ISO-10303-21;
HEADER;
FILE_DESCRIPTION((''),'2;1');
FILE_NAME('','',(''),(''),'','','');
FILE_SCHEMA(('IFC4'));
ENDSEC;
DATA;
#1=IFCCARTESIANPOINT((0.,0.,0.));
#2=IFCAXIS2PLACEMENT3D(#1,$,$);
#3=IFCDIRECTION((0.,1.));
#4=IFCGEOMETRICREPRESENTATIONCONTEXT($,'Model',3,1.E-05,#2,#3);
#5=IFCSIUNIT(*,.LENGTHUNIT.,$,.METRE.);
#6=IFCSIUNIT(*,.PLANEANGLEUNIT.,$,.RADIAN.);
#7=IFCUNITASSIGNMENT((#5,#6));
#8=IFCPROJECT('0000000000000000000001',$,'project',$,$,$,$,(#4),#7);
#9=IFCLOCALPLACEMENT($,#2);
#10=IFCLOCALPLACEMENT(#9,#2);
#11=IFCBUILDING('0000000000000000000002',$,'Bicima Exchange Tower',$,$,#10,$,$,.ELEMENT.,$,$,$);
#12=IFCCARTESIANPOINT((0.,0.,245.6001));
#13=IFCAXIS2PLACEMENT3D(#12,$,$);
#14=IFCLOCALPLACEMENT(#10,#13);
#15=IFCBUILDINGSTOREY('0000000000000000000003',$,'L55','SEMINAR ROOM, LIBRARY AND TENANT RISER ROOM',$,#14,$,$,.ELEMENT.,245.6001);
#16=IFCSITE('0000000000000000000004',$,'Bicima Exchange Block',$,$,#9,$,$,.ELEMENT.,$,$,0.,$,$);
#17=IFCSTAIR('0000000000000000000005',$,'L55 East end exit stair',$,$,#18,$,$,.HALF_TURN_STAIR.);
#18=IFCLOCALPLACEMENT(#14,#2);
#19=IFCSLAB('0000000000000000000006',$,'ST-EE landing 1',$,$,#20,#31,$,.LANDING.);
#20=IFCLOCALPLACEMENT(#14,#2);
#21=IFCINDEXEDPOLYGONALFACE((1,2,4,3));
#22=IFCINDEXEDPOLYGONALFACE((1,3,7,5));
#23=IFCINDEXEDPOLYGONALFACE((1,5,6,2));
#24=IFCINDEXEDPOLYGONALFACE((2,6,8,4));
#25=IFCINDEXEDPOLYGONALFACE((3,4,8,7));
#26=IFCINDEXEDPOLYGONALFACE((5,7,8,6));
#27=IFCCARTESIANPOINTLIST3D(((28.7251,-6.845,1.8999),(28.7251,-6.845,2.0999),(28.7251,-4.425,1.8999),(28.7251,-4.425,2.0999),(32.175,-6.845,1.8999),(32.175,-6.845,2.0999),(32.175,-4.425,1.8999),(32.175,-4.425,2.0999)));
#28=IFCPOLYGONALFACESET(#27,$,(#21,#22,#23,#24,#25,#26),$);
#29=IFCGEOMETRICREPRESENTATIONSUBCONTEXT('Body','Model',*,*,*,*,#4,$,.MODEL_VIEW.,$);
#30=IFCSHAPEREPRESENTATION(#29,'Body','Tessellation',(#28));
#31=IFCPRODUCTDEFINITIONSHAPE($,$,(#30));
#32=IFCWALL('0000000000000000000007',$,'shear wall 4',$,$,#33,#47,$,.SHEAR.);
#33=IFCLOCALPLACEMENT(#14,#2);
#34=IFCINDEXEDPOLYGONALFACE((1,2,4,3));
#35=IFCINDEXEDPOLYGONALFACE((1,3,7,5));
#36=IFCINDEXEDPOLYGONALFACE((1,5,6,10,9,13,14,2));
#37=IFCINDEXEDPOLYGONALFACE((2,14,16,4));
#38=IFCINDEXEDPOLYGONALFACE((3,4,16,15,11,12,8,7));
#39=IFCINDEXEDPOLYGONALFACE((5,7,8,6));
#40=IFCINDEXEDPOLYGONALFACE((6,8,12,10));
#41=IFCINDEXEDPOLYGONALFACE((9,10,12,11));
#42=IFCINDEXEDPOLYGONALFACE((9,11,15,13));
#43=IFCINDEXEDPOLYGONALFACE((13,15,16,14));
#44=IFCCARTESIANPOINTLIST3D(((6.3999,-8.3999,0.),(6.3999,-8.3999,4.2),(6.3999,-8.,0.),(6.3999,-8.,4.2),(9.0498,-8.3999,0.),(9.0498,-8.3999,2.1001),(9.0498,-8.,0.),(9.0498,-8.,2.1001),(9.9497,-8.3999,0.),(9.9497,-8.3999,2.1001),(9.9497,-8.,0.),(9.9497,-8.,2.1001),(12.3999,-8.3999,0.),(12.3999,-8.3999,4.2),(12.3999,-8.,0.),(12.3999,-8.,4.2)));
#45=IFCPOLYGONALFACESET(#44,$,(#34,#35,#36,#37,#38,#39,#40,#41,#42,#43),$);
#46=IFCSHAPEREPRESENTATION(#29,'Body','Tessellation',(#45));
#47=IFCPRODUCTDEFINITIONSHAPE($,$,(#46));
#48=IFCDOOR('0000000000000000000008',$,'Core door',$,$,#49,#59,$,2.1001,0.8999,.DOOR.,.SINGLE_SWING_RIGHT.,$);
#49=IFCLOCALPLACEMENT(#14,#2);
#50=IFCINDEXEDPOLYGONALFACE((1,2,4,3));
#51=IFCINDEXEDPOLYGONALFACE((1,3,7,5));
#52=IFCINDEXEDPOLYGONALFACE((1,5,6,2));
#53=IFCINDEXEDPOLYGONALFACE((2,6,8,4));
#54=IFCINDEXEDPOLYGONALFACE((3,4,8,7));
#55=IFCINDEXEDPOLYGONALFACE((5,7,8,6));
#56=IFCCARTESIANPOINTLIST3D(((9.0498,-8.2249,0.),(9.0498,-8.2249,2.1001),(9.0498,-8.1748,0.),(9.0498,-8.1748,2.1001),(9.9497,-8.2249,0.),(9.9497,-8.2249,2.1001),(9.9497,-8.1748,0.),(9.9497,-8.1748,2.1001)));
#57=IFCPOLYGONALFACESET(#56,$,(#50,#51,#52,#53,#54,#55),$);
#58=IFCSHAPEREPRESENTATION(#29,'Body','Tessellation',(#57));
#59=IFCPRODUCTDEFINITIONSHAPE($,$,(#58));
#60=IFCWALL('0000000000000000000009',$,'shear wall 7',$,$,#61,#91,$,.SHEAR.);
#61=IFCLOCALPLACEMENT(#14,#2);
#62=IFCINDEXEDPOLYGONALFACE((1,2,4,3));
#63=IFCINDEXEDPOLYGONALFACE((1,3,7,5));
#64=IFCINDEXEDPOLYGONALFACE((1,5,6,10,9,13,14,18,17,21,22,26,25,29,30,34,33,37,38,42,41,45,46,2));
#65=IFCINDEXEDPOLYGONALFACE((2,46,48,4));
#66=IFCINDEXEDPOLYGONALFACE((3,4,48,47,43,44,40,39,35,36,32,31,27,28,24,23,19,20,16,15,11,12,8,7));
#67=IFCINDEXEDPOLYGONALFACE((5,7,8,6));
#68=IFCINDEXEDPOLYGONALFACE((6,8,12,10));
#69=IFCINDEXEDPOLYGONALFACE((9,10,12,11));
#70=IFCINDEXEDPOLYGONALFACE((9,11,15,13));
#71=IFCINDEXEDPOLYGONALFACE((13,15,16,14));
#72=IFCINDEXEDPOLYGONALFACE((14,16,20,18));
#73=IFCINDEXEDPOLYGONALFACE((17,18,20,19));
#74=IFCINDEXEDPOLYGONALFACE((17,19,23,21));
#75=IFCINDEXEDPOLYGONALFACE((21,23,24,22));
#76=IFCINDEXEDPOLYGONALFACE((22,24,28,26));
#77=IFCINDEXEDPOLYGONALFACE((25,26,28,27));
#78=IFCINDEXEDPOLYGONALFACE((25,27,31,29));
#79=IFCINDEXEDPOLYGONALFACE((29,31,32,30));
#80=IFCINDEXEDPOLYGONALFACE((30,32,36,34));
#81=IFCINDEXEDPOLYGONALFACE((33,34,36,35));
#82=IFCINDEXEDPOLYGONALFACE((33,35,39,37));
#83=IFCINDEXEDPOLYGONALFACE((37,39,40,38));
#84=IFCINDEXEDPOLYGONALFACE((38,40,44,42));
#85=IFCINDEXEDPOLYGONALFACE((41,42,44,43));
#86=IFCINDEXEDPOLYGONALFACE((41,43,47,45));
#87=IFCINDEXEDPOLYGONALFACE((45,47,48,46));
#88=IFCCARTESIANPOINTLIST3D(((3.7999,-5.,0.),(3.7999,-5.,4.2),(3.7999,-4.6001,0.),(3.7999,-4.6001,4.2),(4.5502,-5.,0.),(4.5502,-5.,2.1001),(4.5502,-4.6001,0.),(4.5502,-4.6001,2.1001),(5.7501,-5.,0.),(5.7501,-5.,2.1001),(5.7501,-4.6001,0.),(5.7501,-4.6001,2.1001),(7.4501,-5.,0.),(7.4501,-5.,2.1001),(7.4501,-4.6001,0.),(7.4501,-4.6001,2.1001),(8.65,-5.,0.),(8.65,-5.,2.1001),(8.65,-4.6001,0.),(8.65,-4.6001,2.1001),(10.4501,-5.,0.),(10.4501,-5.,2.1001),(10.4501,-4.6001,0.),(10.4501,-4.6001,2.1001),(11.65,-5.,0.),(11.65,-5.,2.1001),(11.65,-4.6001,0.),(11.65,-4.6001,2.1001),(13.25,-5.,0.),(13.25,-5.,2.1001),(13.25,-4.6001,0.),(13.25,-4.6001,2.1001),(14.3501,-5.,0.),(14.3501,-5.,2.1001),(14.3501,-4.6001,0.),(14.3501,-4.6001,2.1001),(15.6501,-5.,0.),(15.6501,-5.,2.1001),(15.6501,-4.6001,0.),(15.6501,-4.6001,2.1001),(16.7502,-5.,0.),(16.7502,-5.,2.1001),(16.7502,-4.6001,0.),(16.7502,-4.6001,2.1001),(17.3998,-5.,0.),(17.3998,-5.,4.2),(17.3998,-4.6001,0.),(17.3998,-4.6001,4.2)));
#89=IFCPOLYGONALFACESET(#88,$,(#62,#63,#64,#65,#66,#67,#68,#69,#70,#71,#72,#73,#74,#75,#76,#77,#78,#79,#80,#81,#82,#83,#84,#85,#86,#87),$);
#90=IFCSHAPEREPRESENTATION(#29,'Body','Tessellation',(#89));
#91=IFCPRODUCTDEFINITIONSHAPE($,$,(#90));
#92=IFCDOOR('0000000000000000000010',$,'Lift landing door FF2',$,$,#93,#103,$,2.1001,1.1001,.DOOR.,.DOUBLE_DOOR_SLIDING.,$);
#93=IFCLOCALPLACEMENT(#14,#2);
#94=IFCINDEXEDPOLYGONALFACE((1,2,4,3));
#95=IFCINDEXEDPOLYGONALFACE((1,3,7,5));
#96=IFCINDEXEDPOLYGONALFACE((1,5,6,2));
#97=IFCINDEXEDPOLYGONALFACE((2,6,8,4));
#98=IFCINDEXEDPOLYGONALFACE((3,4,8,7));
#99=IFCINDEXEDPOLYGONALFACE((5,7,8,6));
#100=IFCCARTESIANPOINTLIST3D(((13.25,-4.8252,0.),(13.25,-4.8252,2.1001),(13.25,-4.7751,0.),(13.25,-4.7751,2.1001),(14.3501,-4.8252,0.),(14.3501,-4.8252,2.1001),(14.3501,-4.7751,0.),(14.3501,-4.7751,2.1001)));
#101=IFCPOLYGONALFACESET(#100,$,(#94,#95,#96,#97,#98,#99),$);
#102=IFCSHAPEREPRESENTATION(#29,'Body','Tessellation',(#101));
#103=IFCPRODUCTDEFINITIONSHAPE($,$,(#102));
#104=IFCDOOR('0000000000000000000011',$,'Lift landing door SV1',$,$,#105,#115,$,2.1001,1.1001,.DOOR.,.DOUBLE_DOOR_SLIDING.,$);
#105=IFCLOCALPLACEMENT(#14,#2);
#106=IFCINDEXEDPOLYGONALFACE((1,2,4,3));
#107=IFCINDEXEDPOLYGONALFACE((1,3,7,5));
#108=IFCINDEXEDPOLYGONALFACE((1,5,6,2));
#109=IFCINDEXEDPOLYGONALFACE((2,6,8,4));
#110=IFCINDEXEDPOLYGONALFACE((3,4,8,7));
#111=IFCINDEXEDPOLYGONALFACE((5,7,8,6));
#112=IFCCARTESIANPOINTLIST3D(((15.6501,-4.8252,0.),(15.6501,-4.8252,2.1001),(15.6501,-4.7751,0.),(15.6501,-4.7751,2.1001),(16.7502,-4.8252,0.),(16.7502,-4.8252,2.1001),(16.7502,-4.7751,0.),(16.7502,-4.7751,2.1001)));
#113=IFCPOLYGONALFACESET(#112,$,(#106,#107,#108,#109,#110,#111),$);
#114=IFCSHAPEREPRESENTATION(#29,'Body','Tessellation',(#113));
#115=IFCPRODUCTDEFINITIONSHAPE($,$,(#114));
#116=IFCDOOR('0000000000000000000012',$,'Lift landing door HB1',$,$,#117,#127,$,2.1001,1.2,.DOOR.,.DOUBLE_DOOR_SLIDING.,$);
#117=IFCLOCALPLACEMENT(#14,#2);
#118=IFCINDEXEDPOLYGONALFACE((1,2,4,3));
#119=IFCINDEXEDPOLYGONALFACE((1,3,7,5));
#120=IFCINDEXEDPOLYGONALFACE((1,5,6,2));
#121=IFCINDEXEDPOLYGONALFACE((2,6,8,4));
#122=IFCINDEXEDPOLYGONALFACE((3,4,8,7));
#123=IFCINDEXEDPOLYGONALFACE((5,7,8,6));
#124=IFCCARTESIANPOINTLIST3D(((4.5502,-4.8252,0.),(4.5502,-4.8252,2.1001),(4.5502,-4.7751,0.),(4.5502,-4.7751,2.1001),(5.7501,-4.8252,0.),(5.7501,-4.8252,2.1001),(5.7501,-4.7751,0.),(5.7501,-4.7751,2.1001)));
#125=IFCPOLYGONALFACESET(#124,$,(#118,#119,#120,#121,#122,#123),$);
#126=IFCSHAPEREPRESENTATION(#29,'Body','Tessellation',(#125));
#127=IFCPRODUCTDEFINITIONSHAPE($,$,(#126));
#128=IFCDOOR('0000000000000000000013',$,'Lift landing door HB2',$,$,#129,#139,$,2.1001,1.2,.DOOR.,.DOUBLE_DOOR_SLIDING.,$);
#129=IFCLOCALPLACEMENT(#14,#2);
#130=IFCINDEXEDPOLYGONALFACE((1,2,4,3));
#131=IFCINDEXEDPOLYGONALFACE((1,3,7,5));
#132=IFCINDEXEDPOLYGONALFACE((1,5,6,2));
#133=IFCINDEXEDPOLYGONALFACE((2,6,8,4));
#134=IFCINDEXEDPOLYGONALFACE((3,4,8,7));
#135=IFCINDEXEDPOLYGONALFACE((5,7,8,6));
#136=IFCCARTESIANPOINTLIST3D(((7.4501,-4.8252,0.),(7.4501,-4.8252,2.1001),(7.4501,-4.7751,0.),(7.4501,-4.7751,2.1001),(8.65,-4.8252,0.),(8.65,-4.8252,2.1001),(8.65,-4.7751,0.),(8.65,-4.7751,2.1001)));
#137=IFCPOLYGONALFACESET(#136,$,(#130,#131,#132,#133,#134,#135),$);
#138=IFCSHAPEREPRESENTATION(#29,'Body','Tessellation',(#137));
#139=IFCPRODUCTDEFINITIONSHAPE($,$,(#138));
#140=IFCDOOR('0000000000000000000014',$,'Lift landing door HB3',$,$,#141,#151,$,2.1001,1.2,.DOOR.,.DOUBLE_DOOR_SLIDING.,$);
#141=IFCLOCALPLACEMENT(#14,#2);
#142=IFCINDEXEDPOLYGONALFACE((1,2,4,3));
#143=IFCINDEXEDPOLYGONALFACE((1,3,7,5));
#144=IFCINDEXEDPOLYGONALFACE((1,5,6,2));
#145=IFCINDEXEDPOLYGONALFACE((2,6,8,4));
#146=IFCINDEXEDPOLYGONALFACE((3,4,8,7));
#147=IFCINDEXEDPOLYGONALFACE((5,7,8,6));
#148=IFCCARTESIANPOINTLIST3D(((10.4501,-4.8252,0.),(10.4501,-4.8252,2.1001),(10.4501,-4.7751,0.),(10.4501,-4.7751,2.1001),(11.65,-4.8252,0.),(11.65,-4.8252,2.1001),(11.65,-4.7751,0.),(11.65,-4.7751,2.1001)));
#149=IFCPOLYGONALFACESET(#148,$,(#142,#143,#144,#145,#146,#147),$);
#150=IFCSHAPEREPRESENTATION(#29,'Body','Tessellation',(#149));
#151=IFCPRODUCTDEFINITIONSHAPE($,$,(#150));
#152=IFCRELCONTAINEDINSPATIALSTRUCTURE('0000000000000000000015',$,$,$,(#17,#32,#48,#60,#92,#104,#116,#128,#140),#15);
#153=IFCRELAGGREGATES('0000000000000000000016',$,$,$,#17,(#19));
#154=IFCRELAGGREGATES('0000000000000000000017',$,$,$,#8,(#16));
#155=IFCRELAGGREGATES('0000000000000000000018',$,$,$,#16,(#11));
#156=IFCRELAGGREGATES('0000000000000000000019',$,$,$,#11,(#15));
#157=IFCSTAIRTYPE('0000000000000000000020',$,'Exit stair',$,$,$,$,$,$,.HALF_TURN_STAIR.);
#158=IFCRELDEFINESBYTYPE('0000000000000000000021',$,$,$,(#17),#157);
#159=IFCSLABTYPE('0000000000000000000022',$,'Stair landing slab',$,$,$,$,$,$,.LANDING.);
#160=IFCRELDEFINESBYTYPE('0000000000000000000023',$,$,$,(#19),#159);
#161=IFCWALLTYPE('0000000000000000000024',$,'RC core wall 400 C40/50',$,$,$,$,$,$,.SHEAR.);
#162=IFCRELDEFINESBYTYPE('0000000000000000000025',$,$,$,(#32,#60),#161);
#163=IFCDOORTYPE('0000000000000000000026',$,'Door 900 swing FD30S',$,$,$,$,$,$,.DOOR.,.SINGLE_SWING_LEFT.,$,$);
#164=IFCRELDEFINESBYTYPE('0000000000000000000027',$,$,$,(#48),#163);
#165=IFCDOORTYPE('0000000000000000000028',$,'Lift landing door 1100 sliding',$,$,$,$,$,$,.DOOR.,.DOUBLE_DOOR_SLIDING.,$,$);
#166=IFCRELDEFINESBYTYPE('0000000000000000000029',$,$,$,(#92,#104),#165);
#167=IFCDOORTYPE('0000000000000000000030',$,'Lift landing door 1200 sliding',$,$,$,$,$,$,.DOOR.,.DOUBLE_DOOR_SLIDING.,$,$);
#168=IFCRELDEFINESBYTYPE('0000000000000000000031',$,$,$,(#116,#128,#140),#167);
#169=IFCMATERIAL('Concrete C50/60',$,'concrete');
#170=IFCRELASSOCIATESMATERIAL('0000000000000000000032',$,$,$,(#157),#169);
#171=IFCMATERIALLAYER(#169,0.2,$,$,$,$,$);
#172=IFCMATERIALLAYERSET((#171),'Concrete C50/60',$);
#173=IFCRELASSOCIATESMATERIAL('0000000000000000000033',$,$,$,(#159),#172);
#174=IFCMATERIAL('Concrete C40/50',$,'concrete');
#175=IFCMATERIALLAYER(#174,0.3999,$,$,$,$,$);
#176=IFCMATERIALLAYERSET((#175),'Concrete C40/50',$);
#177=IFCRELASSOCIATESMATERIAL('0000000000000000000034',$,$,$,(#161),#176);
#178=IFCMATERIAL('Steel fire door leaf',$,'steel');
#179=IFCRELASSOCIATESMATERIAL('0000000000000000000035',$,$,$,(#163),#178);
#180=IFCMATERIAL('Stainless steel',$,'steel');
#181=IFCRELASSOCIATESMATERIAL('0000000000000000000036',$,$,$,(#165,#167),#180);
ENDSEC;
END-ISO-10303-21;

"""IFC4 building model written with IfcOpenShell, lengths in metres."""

from ifc_helpers import new_model, si_unit, direction, frame, frame_2d, origin, place, context, subcontext, project, spatial, polyline, rectangle, outline, extrude, material, layer, layer_set, type_object, element, fill, aggregate, save


model = new_model("IFC4")

# Units and contexts
model_context = context("Model", 3, precision=1e-05, world=origin(), true_north=direction((0.0, 1.0)))
body_context = subcontext(model_context, "Body", "Model", "MODEL_VIEW")
ifc_project = project(units=[si_unit("LENGTHUNIT", "METRE"), si_unit("PLANEANGLEUNIT", "RADIAN")], contexts=[model_context])

# Site, building, storey
site_placement = place(None, origin())
site = spatial("IfcSite", under=ifc_project, at=site_placement, Name="Bicima Exchange Block", CompositionType="ELEMENT", RefElevation=0.0)
building_placement = place(site_placement, origin())
building = spatial("IfcBuilding", under=site, at=building_placement, Name="Bicima Exchange Tower", CompositionType="ELEMENT")
storey_placement = place(building_placement, frame((0.0, 0.0, 245.6001)))
storey = spatial("IfcBuildingStorey", under=building, at=storey_placement, Name="L55", Description="SEMINAR ROOM, LIBRARY AND TENANT RISER ROOM", CompositionType="ELEMENT", Elevation=245.6001)

# Shared definitions
ifc_material_1 = material(Name="Concrete C40/50", Category="concrete")

# Stair, slab
ifc_material_2 = material(Name="Concrete C50/60", Category="concrete")
stair_type_1 = type_object("IfcStairType", Name="Exit stair", PredefinedType="HALF_TURN_STAIR", material=ifc_material_2)
ifc_layer_1 = layer(ifc_material_2, 0.2)
ifc_layer_set_1 = layer_set([ifc_layer_1], Name="Concrete C50/60")
slab_type_1 = type_object("IfcSlabType", Name="Stair landing slab", PredefinedType="LANDING", material=ifc_layer_set_1)
stair_1_placement = place(storey_placement, origin())
stair_1 = element("IfcStair", 1, at=stair_1_placement, inside=storey, type_object=stair_type_1, Name="L55 East end exit stair", PredefinedType="HALF_TURN_STAIR")
slab_1_placement = place(storey_placement, frame((0.0, 0.0, 1.8999)))
slab_1 = element("IfcSlab", 2, at=slab_1_placement, type_object=slab_type_1, Name="ST-EE landing 1", PredefinedType="LANDING", context=body_context, shape_type="SweptSolid", body=[
    extrude(outline(polyline([(32.175, -6.845), (32.175, -4.425), (28.7251, -4.425), (28.7251, -6.845), (32.175, -6.845)])), origin(), (0.0, 0.0, 1.0), 0.2),
])
aggregate(stair_1, [slab_1])

# Wall, opening, door
ifc_layer_2 = layer(ifc_material_1, 0.3999)
ifc_layer_set_2 = layer_set([ifc_layer_2], Name="Concrete C40/50")
wall_type_1 = type_object("IfcWallType", Name="RC core wall 400 C40/50", PredefinedType="SHEAR", material=ifc_layer_set_2)
wall_1_placement = place(storey_placement, frame((6.3999, -8.2, 0.0), z_axis=(0.0, 0.0, 1.0), x_axis=(1.0, 0.0, 0.0)))
wall_1 = element("IfcWall", 3, at=wall_1_placement, inside=storey, type_object=wall_type_1, Name="shear wall 4", PredefinedType="SHEAR", context=body_context, shape_type="SweptSolid", body=[
    extrude(rectangle(XDim=6.0, YDim=0.3999, at=frame_2d((3.0, 0.0))), origin(), (0.0, 0.0, 1.0), 4.2),
])
opening_1_placement = place(wall_1_placement, frame((2.6499, 0.0, 0.0)))
opening_1 = element("IfcOpeningElement", 4, at=opening_1_placement, cuts=wall_1, PredefinedType="OPENING", context=body_context, shape_type="SweptSolid", body=[
    extrude(rectangle(XDim=0.8999, YDim=2.1001, at=frame_2d((0.45, 1.05))), frame((0.0, 0.2119, 0.0), z_axis=(0.0, -1.0, 0.0), x_axis=(1.0, 0.0, 0.0)), (0.0, 0.0, 1.0), 0.4238),
])
ifc_material_3 = material(Name="Steel fire door leaf", Category="steel")
door_type_1 = type_object("IfcDoorType", Name="Door 900 swing FD30S", OperationType="SINGLE_SWING_LEFT", PredefinedType="DOOR", material=ifc_material_3)
door_1_placement = place(opening_1_placement, frame((0.8999, 0.0, 0.0), z_axis=(0.0, 0.0, 1.0), x_axis=(-1.0, 0.0, 0.0)))
door_1 = element("IfcDoor", 5, at=door_1_placement, inside=storey, type_object=door_type_1, Name="Core door", OperationType="SINGLE_SWING_RIGHT", OverallHeight=2.1001, OverallWidth=0.8999, PredefinedType="DOOR", context=body_context, shape_type="SweptSolid", body=[
    extrude(rectangle(XDim=0.8999, YDim=2.1001, at=frame_2d((0.45, 1.05))), frame((0.0, 0.0249, 0.0), z_axis=(0.0, -1.0, 0.0), x_axis=(1.0, 0.0, 0.0)), (0.0, 0.0, 1.0), 0.05),
])
fill(opening_1, door_1)

# Wall, openings, doors
wall_2_placement = place(storey_placement, frame((3.8, -4.8, 0.0), z_axis=(0.0, 0.0, 1.0), x_axis=(1.0, 0.0, 0.0)))
wall_2 = element("IfcWall", 6, at=wall_2_placement, inside=storey, type_object=wall_type_1, Name="shear wall 7", PredefinedType="SHEAR", context=body_context, shape_type="SweptSolid", body=[
    extrude(rectangle(XDim=13.5999, YDim=0.3999, at=frame_2d((6.7998, 0.0))), origin(), (0.0, 0.0, 1.0), 4.2),
])
opening_2_placement = place(wall_2_placement, frame((0.75, 0.0, 0.0)))
opening_2 = element("IfcOpeningElement", 7, at=opening_2_placement, cuts=wall_2, PredefinedType="OPENING", context=body_context, shape_type="SweptSolid", body=[
    extrude(rectangle(XDim=1.2, YDim=2.1001, at=frame_2d((0.6001, 1.05))), frame((0.0, 0.2119, 0.0), z_axis=(0.0, -1.0, 0.0), x_axis=(1.0, 0.0, 0.0)), (0.0, 0.0, 1.0), 0.4238),
])
opening_3_placement = place(wall_2_placement, frame((3.6499, 0.0, 0.0)))
opening_3 = element("IfcOpeningElement", 8, at=opening_3_placement, cuts=wall_2, PredefinedType="OPENING", context=body_context, shape_type="SweptSolid", body=[
    extrude(rectangle(XDim=1.2, YDim=2.1001, at=frame_2d((0.6001, 1.05))), frame((0.0, 0.2119, 0.0), z_axis=(0.0, -1.0, 0.0), x_axis=(1.0, 0.0, 0.0)), (0.0, 0.0, 1.0), 0.4238),
])
opening_4_placement = place(wall_2_placement, frame((6.6499, 0.0, 0.0)))
opening_4 = element("IfcOpeningElement", 9, at=opening_4_placement, cuts=wall_2, PredefinedType="OPENING", context=body_context, shape_type="SweptSolid", body=[
    extrude(rectangle(XDim=1.2, YDim=2.1001, at=frame_2d((0.6001, 1.05))), frame((0.0, 0.2119, 0.0), z_axis=(0.0, -1.0, 0.0), x_axis=(1.0, 0.0, 0.0)), (0.0, 0.0, 1.0), 0.4238),
])
opening_5_placement = place(wall_2_placement, frame((9.45, 0.0, 0.0)))
opening_5 = element("IfcOpeningElement", 10, at=opening_5_placement, cuts=wall_2, PredefinedType="OPENING", context=body_context, shape_type="SweptSolid", body=[
    extrude(rectangle(XDim=1.1001, YDim=2.1001, at=frame_2d((0.55, 1.05))), frame((0.0, 0.2119, 0.0), z_axis=(0.0, -1.0, 0.0), x_axis=(1.0, 0.0, 0.0)), (0.0, 0.0, 1.0), 0.4238),
])
opening_6_placement = place(wall_2_placement, frame((11.8501, 0.0, 0.0)))
opening_6 = element("IfcOpeningElement", 11, at=opening_6_placement, cuts=wall_2, PredefinedType="OPENING", context=body_context, shape_type="SweptSolid", body=[
    extrude(rectangle(XDim=1.1001, YDim=2.1001, at=frame_2d((0.55, 1.05))), frame((0.0, 0.2119, 0.0), z_axis=(0.0, -1.0, 0.0), x_axis=(1.0, 0.0, 0.0)), (0.0, 0.0, 1.0), 0.4238),
])
ifc_material_4 = material(Name="Stainless steel", Category="steel")
door_type_2 = type_object("IfcDoorType", Name="Lift landing door 1100 sliding", OperationType="DOUBLE_DOOR_SLIDING", PredefinedType="DOOR", material=ifc_material_4)
door_2_placement = place(opening_5_placement, origin())
door_2 = element("IfcDoor", 12, at=door_2_placement, inside=storey, type_object=door_type_2, Name="Lift landing door FF2", OperationType="DOUBLE_DOOR_SLIDING", OverallHeight=2.1001, OverallWidth=1.1001, PredefinedType="DOOR", context=body_context, shape_type="SweptSolid", body=[
    extrude(rectangle(XDim=1.1001, YDim=2.1001, at=frame_2d((0.55, 1.05))), frame((0.0, 0.0249, 0.0), z_axis=(0.0, -1.0, 0.0), x_axis=(1.0, 0.0, 0.0)), (0.0, 0.0, 1.0), 0.05),
])
fill(opening_5, door_2)
door_3_placement = place(opening_6_placement, origin())
door_3 = element("IfcDoor", 13, at=door_3_placement, inside=storey, type_object=door_type_2, Name="Lift landing door SV1", OperationType="DOUBLE_DOOR_SLIDING", OverallHeight=2.1001, OverallWidth=1.1001, PredefinedType="DOOR", context=body_context, shape_type="SweptSolid", body=[
    extrude(rectangle(XDim=1.1001, YDim=2.1001, at=frame_2d((0.55, 1.05))), frame((0.0, 0.0249, 0.0), z_axis=(0.0, -1.0, 0.0), x_axis=(1.0, 0.0, 0.0)), (0.0, 0.0, 1.0), 0.05),
])
fill(opening_6, door_3)
door_type_3 = type_object("IfcDoorType", Name="Lift landing door 1200 sliding", OperationType="DOUBLE_DOOR_SLIDING", PredefinedType="DOOR", material=ifc_material_4)
door_4_placement = place(opening_2_placement, origin())
door_4 = element("IfcDoor", 14, at=door_4_placement, inside=storey, type_object=door_type_3, Name="Lift landing door HB1", OperationType="DOUBLE_DOOR_SLIDING", OverallHeight=2.1001, OverallWidth=1.2, PredefinedType="DOOR", context=body_context, shape_type="SweptSolid", body=[
    extrude(rectangle(XDim=1.2, YDim=2.1001, at=frame_2d((0.6001, 1.05))), frame((0.0, 0.0249, 0.0), z_axis=(0.0, -1.0, 0.0), x_axis=(1.0, 0.0, 0.0)), (0.0, 0.0, 1.0), 0.05),
])
fill(opening_2, door_4)
door_5_placement = place(opening_3_placement, origin())
door_5 = element("IfcDoor", 15, at=door_5_placement, inside=storey, type_object=door_type_3, Name="Lift landing door HB2", OperationType="DOUBLE_DOOR_SLIDING", OverallHeight=2.1001, OverallWidth=1.2, PredefinedType="DOOR", context=body_context, shape_type="SweptSolid", body=[
    extrude(rectangle(XDim=1.2, YDim=2.1001, at=frame_2d((0.6001, 1.05))), frame((0.0, 0.0249, 0.0), z_axis=(0.0, -1.0, 0.0), x_axis=(1.0, 0.0, 0.0)), (0.0, 0.0, 1.0), 0.05),
])
fill(opening_3, door_5)
door_6_placement = place(opening_4_placement, origin())
door_6 = element("IfcDoor", 16, at=door_6_placement, inside=storey, type_object=door_type_3, Name="Lift landing door HB3", OperationType="DOUBLE_DOOR_SLIDING", OverallHeight=2.1001, OverallWidth=1.2, PredefinedType="DOOR", context=body_context, shape_type="SweptSolid", body=[
    extrude(rectangle(XDim=1.2, YDim=2.1001, at=frame_2d((0.6001, 1.05))), frame((0.0, 0.0249, 0.0), z_axis=(0.0, -1.0, 0.0), x_axis=(1.0, 0.0, 0.0)), (0.0, 0.0, 1.0), 0.05),
])
fill(opening_4, door_6)

save(model, "model.ifc")
